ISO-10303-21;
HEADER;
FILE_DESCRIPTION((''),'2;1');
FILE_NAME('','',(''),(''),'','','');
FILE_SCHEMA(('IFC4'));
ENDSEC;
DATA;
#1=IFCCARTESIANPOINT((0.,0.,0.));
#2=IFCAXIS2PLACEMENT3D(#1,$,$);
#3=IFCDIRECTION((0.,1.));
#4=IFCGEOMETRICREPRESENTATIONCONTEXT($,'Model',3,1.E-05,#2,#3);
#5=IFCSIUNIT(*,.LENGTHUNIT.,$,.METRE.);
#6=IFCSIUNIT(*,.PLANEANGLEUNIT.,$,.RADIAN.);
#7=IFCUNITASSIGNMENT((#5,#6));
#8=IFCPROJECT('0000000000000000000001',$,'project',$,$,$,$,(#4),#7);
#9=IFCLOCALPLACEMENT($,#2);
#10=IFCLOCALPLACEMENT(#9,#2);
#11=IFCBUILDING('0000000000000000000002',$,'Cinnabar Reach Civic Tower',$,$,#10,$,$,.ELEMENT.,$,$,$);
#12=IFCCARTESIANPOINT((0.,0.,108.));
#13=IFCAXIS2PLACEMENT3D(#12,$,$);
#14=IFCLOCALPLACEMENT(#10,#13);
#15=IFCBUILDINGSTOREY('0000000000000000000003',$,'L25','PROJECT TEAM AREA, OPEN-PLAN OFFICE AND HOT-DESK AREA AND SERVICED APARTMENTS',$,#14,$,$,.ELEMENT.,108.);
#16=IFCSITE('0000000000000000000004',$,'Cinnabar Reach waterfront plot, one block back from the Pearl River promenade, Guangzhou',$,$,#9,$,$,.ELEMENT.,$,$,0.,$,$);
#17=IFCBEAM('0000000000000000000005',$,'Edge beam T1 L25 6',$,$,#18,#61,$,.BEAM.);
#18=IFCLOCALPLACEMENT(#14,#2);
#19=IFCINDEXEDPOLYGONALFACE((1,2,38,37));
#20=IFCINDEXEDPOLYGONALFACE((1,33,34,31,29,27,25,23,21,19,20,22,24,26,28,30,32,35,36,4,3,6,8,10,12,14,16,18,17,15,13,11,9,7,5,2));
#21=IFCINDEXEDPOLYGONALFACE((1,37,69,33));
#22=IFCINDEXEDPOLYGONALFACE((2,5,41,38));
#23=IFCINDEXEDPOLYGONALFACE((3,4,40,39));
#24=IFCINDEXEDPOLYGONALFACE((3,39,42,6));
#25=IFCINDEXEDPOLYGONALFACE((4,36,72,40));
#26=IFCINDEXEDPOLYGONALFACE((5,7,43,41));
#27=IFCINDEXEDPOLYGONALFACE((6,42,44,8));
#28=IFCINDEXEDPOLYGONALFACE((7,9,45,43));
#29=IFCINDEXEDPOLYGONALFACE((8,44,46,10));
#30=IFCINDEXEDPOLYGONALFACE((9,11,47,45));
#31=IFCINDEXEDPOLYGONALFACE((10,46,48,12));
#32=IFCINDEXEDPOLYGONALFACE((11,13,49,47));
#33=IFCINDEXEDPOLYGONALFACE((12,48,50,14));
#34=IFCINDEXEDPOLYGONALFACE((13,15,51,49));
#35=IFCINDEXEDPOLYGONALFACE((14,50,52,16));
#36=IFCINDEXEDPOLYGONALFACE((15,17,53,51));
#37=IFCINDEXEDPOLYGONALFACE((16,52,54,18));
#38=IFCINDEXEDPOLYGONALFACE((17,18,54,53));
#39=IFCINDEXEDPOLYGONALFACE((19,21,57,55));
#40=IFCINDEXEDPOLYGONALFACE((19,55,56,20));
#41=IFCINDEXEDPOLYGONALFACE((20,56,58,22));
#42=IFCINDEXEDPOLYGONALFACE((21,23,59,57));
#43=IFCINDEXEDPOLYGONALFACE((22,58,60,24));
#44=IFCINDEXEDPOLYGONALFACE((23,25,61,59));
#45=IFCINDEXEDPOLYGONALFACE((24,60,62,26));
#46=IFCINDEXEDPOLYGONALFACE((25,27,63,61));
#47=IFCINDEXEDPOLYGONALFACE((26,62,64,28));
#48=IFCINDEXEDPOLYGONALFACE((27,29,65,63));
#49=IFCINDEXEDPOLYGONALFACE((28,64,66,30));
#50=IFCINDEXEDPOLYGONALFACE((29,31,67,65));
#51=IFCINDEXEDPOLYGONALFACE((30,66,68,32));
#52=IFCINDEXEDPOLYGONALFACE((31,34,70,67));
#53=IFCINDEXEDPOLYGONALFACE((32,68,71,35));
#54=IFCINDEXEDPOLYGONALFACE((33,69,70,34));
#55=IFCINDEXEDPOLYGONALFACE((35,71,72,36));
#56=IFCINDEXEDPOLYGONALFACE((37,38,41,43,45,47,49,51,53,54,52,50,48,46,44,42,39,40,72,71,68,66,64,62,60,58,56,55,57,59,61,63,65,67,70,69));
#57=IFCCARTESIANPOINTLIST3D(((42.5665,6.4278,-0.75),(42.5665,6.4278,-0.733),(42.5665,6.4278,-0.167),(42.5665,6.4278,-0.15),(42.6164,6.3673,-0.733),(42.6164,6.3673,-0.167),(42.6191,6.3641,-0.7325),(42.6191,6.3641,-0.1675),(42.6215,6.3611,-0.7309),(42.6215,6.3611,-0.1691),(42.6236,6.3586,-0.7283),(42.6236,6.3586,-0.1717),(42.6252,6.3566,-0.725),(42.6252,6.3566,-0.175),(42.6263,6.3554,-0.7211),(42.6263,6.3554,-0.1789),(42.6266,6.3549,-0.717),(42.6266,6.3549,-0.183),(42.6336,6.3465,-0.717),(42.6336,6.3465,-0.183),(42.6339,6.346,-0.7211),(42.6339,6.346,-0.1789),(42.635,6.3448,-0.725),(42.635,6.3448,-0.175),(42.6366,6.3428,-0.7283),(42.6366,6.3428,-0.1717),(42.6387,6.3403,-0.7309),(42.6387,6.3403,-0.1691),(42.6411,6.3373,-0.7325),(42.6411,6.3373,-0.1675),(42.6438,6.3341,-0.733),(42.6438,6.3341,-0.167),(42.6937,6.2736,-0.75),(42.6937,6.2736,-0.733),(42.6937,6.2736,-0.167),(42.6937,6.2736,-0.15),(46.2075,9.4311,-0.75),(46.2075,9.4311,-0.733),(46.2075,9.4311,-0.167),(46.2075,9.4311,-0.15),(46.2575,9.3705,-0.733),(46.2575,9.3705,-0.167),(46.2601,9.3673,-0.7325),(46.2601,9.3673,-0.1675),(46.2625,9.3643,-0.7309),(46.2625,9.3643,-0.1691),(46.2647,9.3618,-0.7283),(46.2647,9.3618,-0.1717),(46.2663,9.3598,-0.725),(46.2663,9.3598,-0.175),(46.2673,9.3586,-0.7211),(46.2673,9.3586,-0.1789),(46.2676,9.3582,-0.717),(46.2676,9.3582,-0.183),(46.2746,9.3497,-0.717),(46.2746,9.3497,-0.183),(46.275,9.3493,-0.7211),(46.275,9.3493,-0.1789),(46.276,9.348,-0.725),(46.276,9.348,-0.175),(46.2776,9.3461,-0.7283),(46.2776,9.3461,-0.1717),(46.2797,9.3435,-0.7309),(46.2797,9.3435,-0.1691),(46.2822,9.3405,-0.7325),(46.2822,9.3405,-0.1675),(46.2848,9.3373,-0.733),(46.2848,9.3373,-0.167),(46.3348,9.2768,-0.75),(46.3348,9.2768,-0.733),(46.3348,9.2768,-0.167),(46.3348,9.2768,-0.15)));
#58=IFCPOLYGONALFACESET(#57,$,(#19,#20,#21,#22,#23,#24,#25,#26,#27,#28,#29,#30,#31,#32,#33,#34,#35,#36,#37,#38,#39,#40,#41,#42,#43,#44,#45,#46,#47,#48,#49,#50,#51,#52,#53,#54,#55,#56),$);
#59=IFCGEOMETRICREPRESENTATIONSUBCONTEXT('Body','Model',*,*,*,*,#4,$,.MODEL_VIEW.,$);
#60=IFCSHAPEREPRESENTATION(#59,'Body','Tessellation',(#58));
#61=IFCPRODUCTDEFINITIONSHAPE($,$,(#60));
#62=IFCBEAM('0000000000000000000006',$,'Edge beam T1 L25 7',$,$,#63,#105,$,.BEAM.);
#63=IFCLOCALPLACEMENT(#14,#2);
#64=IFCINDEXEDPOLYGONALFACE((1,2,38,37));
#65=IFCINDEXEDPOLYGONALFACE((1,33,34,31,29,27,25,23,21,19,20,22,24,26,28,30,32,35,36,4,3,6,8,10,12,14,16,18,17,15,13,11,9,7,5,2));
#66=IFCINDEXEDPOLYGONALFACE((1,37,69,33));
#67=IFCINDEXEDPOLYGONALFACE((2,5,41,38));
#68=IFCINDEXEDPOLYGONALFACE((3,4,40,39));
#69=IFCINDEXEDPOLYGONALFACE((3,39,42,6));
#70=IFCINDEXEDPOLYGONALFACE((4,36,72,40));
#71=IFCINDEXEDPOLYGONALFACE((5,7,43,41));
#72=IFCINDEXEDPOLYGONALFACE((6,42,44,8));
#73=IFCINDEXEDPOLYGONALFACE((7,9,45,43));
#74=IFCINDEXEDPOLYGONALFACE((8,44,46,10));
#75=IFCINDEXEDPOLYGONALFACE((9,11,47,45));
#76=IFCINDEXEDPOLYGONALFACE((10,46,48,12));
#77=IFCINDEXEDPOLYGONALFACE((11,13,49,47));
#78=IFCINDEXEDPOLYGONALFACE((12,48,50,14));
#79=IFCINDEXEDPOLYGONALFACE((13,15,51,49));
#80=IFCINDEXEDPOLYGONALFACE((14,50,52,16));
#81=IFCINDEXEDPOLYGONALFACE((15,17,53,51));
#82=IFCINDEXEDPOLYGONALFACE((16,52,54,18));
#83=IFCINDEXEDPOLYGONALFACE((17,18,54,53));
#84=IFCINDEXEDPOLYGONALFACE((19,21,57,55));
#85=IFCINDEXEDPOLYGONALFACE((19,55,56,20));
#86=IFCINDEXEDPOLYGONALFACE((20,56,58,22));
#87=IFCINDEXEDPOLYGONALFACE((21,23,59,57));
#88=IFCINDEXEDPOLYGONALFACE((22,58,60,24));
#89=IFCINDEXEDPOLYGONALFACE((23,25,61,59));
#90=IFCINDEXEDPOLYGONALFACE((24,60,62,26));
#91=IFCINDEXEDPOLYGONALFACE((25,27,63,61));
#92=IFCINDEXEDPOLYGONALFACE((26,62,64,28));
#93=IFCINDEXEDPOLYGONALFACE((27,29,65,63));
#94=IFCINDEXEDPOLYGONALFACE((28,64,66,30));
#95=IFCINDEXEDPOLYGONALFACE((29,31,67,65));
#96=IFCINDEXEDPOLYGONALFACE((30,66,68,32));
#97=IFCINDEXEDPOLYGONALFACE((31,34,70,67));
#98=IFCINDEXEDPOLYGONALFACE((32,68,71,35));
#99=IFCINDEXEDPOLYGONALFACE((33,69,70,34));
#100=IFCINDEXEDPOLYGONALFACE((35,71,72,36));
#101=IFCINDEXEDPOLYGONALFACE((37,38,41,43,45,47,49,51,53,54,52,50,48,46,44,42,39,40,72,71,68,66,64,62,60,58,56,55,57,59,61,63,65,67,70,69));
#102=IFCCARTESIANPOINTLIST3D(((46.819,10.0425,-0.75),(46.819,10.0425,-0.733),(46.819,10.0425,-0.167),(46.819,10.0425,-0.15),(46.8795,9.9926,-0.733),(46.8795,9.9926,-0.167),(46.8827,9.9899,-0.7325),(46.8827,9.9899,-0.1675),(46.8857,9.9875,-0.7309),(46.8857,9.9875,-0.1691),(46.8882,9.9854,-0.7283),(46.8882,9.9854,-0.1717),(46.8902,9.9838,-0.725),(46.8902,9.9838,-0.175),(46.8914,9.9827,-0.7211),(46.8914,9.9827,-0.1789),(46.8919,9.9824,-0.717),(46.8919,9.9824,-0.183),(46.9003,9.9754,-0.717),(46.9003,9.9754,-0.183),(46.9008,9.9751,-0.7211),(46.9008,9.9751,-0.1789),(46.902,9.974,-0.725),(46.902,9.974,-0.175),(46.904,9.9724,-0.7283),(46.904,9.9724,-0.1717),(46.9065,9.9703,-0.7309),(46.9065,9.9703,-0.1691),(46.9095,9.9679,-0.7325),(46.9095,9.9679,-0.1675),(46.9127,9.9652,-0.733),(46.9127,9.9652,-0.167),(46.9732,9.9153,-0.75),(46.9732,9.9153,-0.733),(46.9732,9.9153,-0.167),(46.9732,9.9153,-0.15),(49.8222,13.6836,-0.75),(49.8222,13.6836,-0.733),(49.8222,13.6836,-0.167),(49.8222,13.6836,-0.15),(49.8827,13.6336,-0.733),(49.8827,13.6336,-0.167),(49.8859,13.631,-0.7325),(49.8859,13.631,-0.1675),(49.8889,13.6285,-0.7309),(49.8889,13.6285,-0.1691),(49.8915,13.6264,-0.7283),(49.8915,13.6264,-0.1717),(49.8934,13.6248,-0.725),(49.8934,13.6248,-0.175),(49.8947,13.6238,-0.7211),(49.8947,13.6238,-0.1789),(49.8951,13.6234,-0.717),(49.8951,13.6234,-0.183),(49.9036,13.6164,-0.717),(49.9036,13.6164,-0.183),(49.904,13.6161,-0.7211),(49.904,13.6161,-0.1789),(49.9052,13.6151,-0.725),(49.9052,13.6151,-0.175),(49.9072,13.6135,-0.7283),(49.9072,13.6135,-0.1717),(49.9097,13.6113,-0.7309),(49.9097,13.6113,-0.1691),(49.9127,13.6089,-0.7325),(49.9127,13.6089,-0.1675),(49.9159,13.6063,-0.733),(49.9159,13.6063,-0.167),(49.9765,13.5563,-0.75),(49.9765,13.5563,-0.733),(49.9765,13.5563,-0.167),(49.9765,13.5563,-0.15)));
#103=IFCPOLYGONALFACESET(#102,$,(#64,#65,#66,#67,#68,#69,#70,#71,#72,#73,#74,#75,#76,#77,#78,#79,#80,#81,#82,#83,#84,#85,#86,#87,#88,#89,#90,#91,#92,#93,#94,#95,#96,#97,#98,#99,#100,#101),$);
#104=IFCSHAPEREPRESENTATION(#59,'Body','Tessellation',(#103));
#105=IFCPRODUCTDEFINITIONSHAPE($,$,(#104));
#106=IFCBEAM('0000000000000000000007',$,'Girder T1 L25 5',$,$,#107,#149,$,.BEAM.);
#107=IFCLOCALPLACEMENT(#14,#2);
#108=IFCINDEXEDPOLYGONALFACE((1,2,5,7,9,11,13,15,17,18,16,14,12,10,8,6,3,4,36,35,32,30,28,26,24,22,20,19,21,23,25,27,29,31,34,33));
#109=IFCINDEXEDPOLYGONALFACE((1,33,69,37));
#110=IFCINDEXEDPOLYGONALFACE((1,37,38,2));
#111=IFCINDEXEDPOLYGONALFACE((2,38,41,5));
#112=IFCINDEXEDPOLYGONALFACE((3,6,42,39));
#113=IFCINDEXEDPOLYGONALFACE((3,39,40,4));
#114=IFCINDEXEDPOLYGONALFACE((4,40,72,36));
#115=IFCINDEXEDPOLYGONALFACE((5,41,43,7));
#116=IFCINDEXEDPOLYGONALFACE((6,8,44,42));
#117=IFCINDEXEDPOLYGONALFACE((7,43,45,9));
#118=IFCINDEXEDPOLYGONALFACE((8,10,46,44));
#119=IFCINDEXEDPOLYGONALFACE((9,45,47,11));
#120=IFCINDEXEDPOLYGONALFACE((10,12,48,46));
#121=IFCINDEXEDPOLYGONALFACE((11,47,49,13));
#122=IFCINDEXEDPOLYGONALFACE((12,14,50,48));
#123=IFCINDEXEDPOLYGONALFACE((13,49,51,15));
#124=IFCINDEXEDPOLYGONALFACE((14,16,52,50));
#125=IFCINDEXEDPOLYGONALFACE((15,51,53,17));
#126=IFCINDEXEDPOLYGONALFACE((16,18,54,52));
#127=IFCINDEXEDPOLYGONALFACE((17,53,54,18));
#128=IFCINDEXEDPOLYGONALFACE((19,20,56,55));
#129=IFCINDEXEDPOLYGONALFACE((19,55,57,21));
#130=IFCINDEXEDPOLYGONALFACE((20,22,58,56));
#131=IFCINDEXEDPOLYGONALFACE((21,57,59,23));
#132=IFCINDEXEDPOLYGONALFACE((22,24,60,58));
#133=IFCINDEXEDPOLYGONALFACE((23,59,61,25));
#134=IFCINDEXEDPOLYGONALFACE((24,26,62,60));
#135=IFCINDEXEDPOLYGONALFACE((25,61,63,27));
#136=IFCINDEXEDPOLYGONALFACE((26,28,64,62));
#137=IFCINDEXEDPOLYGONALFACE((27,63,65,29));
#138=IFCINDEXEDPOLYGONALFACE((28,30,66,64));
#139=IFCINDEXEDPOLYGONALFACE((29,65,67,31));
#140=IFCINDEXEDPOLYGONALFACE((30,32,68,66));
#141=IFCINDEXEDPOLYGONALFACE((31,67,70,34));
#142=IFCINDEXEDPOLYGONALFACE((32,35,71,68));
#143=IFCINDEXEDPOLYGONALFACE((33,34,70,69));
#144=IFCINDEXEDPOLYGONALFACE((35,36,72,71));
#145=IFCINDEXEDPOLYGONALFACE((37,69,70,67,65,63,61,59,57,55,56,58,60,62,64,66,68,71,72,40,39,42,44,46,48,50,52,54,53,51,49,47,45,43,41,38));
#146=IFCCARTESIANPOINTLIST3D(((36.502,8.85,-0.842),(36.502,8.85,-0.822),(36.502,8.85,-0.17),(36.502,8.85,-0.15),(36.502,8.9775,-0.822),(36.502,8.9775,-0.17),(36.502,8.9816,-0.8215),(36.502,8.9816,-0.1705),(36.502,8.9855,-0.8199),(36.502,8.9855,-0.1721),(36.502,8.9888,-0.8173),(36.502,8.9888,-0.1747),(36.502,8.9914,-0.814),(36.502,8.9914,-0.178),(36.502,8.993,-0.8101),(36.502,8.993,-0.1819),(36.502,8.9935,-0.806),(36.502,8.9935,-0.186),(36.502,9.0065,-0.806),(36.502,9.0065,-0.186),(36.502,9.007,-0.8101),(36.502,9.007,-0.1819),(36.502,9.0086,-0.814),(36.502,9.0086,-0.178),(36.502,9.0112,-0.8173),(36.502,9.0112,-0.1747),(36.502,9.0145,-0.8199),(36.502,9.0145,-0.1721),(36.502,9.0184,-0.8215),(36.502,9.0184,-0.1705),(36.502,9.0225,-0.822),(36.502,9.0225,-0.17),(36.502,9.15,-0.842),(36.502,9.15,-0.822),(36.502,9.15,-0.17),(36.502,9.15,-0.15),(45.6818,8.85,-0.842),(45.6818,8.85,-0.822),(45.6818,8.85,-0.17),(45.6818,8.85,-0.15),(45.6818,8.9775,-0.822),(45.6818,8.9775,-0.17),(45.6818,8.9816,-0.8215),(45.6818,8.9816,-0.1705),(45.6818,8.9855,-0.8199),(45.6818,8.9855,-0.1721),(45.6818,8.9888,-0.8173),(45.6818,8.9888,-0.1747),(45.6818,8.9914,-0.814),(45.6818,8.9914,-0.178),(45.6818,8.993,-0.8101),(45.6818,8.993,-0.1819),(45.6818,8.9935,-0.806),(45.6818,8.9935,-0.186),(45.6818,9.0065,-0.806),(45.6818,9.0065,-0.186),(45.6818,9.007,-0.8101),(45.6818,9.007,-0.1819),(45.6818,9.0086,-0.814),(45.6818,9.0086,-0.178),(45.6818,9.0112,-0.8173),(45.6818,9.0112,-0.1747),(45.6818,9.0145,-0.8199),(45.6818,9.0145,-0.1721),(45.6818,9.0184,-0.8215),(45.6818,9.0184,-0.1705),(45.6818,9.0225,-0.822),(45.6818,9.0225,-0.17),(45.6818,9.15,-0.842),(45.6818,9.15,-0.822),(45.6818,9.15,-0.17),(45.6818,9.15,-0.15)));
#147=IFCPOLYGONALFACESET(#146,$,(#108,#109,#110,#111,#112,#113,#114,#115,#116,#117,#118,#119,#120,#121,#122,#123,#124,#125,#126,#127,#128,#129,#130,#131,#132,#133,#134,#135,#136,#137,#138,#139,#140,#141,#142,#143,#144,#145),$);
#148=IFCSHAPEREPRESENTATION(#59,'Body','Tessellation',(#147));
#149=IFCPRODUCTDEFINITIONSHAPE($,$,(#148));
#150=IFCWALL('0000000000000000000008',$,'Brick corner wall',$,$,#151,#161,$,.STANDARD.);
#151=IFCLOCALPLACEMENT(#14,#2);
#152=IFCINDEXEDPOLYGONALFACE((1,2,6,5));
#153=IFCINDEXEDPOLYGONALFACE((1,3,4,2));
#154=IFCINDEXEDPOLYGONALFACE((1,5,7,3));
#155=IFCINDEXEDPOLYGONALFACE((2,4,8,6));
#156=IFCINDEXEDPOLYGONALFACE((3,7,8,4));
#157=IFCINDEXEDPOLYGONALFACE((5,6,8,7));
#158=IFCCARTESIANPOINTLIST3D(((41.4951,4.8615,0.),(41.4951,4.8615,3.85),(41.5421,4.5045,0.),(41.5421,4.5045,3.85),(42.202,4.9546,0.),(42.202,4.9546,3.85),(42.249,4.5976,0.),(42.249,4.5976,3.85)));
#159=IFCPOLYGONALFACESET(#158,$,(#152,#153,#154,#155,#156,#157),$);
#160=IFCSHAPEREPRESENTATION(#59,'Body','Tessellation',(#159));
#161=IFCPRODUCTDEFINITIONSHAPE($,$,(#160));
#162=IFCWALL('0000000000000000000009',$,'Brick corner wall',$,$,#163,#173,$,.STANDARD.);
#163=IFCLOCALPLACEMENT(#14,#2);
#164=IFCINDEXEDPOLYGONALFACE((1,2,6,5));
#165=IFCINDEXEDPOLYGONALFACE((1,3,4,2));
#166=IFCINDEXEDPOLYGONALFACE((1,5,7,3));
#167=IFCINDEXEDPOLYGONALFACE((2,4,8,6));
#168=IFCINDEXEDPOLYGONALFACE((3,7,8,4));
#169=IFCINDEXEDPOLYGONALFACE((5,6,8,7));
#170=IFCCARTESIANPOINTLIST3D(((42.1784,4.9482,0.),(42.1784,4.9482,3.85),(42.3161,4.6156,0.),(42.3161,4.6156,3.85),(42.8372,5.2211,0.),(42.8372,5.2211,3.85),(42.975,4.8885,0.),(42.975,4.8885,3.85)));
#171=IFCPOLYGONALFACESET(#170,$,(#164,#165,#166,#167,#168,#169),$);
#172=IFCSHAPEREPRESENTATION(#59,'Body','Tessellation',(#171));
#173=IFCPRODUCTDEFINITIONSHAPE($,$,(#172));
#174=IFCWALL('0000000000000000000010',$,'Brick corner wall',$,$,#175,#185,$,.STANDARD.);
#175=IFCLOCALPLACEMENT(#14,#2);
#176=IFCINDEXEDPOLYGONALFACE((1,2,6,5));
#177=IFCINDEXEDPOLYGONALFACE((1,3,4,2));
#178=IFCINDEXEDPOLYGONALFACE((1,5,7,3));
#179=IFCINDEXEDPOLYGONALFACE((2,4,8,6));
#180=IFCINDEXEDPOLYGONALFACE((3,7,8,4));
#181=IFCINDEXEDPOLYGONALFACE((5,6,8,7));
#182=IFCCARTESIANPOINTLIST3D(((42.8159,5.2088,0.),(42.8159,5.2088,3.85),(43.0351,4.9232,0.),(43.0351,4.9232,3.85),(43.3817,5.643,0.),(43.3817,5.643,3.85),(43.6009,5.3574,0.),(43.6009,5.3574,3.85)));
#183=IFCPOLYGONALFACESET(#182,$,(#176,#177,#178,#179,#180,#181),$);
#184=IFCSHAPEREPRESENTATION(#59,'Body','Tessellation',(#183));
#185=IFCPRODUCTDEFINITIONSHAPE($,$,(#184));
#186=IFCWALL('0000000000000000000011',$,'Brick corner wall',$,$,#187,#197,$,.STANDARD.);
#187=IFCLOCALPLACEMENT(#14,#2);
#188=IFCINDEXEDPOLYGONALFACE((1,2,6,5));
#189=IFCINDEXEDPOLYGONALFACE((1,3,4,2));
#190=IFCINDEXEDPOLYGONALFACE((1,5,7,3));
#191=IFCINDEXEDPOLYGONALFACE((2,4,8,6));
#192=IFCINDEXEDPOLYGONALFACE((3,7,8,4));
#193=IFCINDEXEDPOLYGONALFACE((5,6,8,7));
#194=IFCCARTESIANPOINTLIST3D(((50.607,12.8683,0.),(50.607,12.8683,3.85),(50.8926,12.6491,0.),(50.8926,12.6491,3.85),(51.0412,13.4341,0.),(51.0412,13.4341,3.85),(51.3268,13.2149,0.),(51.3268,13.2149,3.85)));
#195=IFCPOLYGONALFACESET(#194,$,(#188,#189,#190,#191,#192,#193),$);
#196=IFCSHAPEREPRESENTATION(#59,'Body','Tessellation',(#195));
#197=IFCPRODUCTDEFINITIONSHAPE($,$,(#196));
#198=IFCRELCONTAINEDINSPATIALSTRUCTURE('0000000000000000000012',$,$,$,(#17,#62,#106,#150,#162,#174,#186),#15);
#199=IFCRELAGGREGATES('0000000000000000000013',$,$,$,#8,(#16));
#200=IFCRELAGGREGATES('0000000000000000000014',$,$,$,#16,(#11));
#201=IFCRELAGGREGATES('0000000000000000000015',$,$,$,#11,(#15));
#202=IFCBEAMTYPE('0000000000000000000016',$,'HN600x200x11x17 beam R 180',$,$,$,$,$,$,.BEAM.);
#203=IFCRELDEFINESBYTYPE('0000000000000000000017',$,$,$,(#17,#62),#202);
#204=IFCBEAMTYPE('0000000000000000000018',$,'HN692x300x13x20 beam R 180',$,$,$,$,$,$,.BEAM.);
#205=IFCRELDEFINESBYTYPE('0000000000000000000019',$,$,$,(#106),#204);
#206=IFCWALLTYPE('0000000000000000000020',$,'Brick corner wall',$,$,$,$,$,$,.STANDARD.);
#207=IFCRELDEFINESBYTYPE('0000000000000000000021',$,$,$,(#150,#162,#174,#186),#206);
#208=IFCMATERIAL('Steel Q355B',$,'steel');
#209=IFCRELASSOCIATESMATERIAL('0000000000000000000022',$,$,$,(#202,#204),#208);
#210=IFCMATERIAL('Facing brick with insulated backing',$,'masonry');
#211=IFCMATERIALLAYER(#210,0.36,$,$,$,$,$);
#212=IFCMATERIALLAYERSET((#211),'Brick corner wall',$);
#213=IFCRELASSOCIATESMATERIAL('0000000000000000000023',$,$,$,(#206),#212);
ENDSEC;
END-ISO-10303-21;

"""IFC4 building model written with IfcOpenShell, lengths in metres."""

from ifc_helpers import new_model, si_unit, direction, frame, frame_2d, origin, origin_2d, place, context, subcontext, project, spatial, rectangle, i_section, extrude, material, layer, layer_set, material_profile, profile_set, type_object, element, save


model = new_model("IFC4")

# Units and contexts
model_context = context("Model", 3, precision=1e-05, world=origin(), true_north=direction((0.0, 1.0)))
body_context = subcontext(model_context, "Body", "Model", "MODEL_VIEW")
ifc_project = project(units=[si_unit("LENGTHUNIT", "METRE"), si_unit("PLANEANGLEUNIT", "RADIAN")], contexts=[model_context])

# Site, building, storey
site_placement = place(None, origin())
site = spatial("IfcSite", under=ifc_project, at=site_placement, Name="Cinnabar Reach waterfront plot, one block back from the Pearl River promenade, Guangzhou", CompositionType="ELEMENT", RefElevation=0.0)
building_placement = place(site_placement, origin())
building = spatial("IfcBuilding", under=site, at=building_placement, Name="Cinnabar Reach Civic Tower", CompositionType="ELEMENT")
storey_placement = place(building_placement, frame((0.0, 0.0, 108.0)))
storey = spatial("IfcBuildingStorey", under=building, at=storey_placement, Name="L25", Description="PROJECT TEAM AREA, OPEN-PLAN OFFICE AND HOT-DESK AREA AND SERVICED APARTMENTS", CompositionType="ELEMENT", Elevation=108.0)

# Beams
ifc_material_1 = material(Name="Steel Q355B", Category="steel")
ifc_material_profile_1 = material_profile(ifc_material_1, i_section(OverallWidth=0.2, OverallDepth=0.6, WebThickness=0.011, FlangeThickness=0.017, FilletRadius=0.016, at=origin_2d()), Name="HN600x200x11x17")
ifc_profile_set_1 = profile_set([ifc_material_profile_1], Name="Steel Q355B")
beam_type_1 = type_object("IfcBeamType", Name="HN600x200x11x17 beam R 180", PredefinedType="BEAM", material=ifc_profile_set_1)
for number, where, z_axis, x_axis, name in (
    (1, (42.6301, 6.3507, -0.45), (0.771438, 0.636304, 0.0), (-0.636304, 0.771438, 0.0), "Edge beam T1 L25 6"),
    (2, (46.8961, 9.9789, -0.45), (0.636304, 0.771438, 0.0), (-0.771438, 0.636304, 0.0), "Edge beam T1 L25 7"),
):
    element("IfcBeam", number, at=place(storey_placement, frame(where, z_axis=z_axis, x_axis=x_axis)), inside=storey, type_object=beam_type_1, Name=name, PredefinedType="BEAM", context=body_context, shape_type="SweptSolid", body=[
        extrude(i_section(OverallWidth=0.2, OverallDepth=0.6, WebThickness=0.011, FlangeThickness=0.017, FilletRadius=0.016, at=origin_2d()), origin(), (0.0, 0.0, 1.0), 4.7198),
    ])
ifc_material_profile_2 = material_profile(ifc_material_1, i_section(OverallWidth=0.3, OverallDepth=0.692, WebThickness=0.013, FlangeThickness=0.02, FilletRadius=0.016, at=origin_2d()), Name="HN692x300x13x20")
ifc_profile_set_2 = profile_set([ifc_material_profile_2], Name="Steel Q355B")
beam_type_2 = type_object("IfcBeamType", Name="HN692x300x13x20 beam R 180", PredefinedType="BEAM", material=ifc_profile_set_2)
beam_1_placement = place(storey_placement, frame((36.502, 9.0, -0.496), z_axis=(1.0, 0.0, 0.0), x_axis=(0.0, 1.0, 0.0)))
element("IfcBeam", 3, at=beam_1_placement, inside=storey, type_object=beam_type_2, Name="Girder T1 L25 5", PredefinedType="BEAM", context=body_context, shape_type="SweptSolid", body=[
    extrude(i_section(OverallWidth=0.3, OverallDepth=0.692, WebThickness=0.013, FlangeThickness=0.02, FilletRadius=0.016, at=origin_2d()), origin(), (0.0, 0.0, 1.0), 9.1798),
])

# Walls
ifc_material_2 = material(Name="Facing brick with insulated backing", Category="masonry")
ifc_layer_1 = layer(ifc_material_2, 0.36)
ifc_layer_set_1 = layer_set([ifc_layer_1], Name="Brick corner wall")
wall_type_1 = type_object("IfcWallType", Name="Brick corner wall", PredefinedType="STANDARD", material=ifc_layer_set_1)
for number, where, z_axis, x_axis, name in (
    (4, (41.5186, 4.683, 0.0), (0.0, 0.0, 1.0), (0.991441, 0.130556, 0.0), "Brick corner wall"),
    (5, (42.2473, 4.7819, 0.0), (0.0, 0.0, 1.0), (0.923872, 0.382703, 0.0), "Brick corner wall"),
):
    element("IfcWall", number, at=place(storey_placement, frame(where, z_axis=z_axis, x_axis=x_axis)), inside=storey, type_object=wall_type_1, Name=name, PredefinedType="STANDARD", context=body_context, shape_type="SweptSolid", body=[
        extrude(rectangle(XDim=0.7131, YDim=0.36, at=frame_2d((0.3565, 0.0))), origin(), (0.0, 0.0, 1.0), 3.85),
    ])
for number, where, z_axis, x_axis, name in (
    (6, (42.9255, 5.066, 0.0), (0.0, 0.0, 1.0), (0.793322, 0.608802, 0.0), "Brick corner wall"),
    (7, (50.7498, 12.7587, 0.0), (0.0, 0.0, 1.0), (0.608802, 0.793322, 0.0), "Brick corner wall"),
):
    element("IfcWall", number, at=place(storey_placement, frame(where, z_axis=z_axis, x_axis=x_axis)), inside=storey, type_object=wall_type_1, Name=name, PredefinedType="STANDARD", context=body_context, shape_type="SweptSolid", body=[
        extrude(rectangle(XDim=0.7132, YDim=0.36, at=frame_2d((0.3566, 0.0))), origin(), (0.0, 0.0, 1.0), 3.85),
    ])

save(model, "model.ifc")
